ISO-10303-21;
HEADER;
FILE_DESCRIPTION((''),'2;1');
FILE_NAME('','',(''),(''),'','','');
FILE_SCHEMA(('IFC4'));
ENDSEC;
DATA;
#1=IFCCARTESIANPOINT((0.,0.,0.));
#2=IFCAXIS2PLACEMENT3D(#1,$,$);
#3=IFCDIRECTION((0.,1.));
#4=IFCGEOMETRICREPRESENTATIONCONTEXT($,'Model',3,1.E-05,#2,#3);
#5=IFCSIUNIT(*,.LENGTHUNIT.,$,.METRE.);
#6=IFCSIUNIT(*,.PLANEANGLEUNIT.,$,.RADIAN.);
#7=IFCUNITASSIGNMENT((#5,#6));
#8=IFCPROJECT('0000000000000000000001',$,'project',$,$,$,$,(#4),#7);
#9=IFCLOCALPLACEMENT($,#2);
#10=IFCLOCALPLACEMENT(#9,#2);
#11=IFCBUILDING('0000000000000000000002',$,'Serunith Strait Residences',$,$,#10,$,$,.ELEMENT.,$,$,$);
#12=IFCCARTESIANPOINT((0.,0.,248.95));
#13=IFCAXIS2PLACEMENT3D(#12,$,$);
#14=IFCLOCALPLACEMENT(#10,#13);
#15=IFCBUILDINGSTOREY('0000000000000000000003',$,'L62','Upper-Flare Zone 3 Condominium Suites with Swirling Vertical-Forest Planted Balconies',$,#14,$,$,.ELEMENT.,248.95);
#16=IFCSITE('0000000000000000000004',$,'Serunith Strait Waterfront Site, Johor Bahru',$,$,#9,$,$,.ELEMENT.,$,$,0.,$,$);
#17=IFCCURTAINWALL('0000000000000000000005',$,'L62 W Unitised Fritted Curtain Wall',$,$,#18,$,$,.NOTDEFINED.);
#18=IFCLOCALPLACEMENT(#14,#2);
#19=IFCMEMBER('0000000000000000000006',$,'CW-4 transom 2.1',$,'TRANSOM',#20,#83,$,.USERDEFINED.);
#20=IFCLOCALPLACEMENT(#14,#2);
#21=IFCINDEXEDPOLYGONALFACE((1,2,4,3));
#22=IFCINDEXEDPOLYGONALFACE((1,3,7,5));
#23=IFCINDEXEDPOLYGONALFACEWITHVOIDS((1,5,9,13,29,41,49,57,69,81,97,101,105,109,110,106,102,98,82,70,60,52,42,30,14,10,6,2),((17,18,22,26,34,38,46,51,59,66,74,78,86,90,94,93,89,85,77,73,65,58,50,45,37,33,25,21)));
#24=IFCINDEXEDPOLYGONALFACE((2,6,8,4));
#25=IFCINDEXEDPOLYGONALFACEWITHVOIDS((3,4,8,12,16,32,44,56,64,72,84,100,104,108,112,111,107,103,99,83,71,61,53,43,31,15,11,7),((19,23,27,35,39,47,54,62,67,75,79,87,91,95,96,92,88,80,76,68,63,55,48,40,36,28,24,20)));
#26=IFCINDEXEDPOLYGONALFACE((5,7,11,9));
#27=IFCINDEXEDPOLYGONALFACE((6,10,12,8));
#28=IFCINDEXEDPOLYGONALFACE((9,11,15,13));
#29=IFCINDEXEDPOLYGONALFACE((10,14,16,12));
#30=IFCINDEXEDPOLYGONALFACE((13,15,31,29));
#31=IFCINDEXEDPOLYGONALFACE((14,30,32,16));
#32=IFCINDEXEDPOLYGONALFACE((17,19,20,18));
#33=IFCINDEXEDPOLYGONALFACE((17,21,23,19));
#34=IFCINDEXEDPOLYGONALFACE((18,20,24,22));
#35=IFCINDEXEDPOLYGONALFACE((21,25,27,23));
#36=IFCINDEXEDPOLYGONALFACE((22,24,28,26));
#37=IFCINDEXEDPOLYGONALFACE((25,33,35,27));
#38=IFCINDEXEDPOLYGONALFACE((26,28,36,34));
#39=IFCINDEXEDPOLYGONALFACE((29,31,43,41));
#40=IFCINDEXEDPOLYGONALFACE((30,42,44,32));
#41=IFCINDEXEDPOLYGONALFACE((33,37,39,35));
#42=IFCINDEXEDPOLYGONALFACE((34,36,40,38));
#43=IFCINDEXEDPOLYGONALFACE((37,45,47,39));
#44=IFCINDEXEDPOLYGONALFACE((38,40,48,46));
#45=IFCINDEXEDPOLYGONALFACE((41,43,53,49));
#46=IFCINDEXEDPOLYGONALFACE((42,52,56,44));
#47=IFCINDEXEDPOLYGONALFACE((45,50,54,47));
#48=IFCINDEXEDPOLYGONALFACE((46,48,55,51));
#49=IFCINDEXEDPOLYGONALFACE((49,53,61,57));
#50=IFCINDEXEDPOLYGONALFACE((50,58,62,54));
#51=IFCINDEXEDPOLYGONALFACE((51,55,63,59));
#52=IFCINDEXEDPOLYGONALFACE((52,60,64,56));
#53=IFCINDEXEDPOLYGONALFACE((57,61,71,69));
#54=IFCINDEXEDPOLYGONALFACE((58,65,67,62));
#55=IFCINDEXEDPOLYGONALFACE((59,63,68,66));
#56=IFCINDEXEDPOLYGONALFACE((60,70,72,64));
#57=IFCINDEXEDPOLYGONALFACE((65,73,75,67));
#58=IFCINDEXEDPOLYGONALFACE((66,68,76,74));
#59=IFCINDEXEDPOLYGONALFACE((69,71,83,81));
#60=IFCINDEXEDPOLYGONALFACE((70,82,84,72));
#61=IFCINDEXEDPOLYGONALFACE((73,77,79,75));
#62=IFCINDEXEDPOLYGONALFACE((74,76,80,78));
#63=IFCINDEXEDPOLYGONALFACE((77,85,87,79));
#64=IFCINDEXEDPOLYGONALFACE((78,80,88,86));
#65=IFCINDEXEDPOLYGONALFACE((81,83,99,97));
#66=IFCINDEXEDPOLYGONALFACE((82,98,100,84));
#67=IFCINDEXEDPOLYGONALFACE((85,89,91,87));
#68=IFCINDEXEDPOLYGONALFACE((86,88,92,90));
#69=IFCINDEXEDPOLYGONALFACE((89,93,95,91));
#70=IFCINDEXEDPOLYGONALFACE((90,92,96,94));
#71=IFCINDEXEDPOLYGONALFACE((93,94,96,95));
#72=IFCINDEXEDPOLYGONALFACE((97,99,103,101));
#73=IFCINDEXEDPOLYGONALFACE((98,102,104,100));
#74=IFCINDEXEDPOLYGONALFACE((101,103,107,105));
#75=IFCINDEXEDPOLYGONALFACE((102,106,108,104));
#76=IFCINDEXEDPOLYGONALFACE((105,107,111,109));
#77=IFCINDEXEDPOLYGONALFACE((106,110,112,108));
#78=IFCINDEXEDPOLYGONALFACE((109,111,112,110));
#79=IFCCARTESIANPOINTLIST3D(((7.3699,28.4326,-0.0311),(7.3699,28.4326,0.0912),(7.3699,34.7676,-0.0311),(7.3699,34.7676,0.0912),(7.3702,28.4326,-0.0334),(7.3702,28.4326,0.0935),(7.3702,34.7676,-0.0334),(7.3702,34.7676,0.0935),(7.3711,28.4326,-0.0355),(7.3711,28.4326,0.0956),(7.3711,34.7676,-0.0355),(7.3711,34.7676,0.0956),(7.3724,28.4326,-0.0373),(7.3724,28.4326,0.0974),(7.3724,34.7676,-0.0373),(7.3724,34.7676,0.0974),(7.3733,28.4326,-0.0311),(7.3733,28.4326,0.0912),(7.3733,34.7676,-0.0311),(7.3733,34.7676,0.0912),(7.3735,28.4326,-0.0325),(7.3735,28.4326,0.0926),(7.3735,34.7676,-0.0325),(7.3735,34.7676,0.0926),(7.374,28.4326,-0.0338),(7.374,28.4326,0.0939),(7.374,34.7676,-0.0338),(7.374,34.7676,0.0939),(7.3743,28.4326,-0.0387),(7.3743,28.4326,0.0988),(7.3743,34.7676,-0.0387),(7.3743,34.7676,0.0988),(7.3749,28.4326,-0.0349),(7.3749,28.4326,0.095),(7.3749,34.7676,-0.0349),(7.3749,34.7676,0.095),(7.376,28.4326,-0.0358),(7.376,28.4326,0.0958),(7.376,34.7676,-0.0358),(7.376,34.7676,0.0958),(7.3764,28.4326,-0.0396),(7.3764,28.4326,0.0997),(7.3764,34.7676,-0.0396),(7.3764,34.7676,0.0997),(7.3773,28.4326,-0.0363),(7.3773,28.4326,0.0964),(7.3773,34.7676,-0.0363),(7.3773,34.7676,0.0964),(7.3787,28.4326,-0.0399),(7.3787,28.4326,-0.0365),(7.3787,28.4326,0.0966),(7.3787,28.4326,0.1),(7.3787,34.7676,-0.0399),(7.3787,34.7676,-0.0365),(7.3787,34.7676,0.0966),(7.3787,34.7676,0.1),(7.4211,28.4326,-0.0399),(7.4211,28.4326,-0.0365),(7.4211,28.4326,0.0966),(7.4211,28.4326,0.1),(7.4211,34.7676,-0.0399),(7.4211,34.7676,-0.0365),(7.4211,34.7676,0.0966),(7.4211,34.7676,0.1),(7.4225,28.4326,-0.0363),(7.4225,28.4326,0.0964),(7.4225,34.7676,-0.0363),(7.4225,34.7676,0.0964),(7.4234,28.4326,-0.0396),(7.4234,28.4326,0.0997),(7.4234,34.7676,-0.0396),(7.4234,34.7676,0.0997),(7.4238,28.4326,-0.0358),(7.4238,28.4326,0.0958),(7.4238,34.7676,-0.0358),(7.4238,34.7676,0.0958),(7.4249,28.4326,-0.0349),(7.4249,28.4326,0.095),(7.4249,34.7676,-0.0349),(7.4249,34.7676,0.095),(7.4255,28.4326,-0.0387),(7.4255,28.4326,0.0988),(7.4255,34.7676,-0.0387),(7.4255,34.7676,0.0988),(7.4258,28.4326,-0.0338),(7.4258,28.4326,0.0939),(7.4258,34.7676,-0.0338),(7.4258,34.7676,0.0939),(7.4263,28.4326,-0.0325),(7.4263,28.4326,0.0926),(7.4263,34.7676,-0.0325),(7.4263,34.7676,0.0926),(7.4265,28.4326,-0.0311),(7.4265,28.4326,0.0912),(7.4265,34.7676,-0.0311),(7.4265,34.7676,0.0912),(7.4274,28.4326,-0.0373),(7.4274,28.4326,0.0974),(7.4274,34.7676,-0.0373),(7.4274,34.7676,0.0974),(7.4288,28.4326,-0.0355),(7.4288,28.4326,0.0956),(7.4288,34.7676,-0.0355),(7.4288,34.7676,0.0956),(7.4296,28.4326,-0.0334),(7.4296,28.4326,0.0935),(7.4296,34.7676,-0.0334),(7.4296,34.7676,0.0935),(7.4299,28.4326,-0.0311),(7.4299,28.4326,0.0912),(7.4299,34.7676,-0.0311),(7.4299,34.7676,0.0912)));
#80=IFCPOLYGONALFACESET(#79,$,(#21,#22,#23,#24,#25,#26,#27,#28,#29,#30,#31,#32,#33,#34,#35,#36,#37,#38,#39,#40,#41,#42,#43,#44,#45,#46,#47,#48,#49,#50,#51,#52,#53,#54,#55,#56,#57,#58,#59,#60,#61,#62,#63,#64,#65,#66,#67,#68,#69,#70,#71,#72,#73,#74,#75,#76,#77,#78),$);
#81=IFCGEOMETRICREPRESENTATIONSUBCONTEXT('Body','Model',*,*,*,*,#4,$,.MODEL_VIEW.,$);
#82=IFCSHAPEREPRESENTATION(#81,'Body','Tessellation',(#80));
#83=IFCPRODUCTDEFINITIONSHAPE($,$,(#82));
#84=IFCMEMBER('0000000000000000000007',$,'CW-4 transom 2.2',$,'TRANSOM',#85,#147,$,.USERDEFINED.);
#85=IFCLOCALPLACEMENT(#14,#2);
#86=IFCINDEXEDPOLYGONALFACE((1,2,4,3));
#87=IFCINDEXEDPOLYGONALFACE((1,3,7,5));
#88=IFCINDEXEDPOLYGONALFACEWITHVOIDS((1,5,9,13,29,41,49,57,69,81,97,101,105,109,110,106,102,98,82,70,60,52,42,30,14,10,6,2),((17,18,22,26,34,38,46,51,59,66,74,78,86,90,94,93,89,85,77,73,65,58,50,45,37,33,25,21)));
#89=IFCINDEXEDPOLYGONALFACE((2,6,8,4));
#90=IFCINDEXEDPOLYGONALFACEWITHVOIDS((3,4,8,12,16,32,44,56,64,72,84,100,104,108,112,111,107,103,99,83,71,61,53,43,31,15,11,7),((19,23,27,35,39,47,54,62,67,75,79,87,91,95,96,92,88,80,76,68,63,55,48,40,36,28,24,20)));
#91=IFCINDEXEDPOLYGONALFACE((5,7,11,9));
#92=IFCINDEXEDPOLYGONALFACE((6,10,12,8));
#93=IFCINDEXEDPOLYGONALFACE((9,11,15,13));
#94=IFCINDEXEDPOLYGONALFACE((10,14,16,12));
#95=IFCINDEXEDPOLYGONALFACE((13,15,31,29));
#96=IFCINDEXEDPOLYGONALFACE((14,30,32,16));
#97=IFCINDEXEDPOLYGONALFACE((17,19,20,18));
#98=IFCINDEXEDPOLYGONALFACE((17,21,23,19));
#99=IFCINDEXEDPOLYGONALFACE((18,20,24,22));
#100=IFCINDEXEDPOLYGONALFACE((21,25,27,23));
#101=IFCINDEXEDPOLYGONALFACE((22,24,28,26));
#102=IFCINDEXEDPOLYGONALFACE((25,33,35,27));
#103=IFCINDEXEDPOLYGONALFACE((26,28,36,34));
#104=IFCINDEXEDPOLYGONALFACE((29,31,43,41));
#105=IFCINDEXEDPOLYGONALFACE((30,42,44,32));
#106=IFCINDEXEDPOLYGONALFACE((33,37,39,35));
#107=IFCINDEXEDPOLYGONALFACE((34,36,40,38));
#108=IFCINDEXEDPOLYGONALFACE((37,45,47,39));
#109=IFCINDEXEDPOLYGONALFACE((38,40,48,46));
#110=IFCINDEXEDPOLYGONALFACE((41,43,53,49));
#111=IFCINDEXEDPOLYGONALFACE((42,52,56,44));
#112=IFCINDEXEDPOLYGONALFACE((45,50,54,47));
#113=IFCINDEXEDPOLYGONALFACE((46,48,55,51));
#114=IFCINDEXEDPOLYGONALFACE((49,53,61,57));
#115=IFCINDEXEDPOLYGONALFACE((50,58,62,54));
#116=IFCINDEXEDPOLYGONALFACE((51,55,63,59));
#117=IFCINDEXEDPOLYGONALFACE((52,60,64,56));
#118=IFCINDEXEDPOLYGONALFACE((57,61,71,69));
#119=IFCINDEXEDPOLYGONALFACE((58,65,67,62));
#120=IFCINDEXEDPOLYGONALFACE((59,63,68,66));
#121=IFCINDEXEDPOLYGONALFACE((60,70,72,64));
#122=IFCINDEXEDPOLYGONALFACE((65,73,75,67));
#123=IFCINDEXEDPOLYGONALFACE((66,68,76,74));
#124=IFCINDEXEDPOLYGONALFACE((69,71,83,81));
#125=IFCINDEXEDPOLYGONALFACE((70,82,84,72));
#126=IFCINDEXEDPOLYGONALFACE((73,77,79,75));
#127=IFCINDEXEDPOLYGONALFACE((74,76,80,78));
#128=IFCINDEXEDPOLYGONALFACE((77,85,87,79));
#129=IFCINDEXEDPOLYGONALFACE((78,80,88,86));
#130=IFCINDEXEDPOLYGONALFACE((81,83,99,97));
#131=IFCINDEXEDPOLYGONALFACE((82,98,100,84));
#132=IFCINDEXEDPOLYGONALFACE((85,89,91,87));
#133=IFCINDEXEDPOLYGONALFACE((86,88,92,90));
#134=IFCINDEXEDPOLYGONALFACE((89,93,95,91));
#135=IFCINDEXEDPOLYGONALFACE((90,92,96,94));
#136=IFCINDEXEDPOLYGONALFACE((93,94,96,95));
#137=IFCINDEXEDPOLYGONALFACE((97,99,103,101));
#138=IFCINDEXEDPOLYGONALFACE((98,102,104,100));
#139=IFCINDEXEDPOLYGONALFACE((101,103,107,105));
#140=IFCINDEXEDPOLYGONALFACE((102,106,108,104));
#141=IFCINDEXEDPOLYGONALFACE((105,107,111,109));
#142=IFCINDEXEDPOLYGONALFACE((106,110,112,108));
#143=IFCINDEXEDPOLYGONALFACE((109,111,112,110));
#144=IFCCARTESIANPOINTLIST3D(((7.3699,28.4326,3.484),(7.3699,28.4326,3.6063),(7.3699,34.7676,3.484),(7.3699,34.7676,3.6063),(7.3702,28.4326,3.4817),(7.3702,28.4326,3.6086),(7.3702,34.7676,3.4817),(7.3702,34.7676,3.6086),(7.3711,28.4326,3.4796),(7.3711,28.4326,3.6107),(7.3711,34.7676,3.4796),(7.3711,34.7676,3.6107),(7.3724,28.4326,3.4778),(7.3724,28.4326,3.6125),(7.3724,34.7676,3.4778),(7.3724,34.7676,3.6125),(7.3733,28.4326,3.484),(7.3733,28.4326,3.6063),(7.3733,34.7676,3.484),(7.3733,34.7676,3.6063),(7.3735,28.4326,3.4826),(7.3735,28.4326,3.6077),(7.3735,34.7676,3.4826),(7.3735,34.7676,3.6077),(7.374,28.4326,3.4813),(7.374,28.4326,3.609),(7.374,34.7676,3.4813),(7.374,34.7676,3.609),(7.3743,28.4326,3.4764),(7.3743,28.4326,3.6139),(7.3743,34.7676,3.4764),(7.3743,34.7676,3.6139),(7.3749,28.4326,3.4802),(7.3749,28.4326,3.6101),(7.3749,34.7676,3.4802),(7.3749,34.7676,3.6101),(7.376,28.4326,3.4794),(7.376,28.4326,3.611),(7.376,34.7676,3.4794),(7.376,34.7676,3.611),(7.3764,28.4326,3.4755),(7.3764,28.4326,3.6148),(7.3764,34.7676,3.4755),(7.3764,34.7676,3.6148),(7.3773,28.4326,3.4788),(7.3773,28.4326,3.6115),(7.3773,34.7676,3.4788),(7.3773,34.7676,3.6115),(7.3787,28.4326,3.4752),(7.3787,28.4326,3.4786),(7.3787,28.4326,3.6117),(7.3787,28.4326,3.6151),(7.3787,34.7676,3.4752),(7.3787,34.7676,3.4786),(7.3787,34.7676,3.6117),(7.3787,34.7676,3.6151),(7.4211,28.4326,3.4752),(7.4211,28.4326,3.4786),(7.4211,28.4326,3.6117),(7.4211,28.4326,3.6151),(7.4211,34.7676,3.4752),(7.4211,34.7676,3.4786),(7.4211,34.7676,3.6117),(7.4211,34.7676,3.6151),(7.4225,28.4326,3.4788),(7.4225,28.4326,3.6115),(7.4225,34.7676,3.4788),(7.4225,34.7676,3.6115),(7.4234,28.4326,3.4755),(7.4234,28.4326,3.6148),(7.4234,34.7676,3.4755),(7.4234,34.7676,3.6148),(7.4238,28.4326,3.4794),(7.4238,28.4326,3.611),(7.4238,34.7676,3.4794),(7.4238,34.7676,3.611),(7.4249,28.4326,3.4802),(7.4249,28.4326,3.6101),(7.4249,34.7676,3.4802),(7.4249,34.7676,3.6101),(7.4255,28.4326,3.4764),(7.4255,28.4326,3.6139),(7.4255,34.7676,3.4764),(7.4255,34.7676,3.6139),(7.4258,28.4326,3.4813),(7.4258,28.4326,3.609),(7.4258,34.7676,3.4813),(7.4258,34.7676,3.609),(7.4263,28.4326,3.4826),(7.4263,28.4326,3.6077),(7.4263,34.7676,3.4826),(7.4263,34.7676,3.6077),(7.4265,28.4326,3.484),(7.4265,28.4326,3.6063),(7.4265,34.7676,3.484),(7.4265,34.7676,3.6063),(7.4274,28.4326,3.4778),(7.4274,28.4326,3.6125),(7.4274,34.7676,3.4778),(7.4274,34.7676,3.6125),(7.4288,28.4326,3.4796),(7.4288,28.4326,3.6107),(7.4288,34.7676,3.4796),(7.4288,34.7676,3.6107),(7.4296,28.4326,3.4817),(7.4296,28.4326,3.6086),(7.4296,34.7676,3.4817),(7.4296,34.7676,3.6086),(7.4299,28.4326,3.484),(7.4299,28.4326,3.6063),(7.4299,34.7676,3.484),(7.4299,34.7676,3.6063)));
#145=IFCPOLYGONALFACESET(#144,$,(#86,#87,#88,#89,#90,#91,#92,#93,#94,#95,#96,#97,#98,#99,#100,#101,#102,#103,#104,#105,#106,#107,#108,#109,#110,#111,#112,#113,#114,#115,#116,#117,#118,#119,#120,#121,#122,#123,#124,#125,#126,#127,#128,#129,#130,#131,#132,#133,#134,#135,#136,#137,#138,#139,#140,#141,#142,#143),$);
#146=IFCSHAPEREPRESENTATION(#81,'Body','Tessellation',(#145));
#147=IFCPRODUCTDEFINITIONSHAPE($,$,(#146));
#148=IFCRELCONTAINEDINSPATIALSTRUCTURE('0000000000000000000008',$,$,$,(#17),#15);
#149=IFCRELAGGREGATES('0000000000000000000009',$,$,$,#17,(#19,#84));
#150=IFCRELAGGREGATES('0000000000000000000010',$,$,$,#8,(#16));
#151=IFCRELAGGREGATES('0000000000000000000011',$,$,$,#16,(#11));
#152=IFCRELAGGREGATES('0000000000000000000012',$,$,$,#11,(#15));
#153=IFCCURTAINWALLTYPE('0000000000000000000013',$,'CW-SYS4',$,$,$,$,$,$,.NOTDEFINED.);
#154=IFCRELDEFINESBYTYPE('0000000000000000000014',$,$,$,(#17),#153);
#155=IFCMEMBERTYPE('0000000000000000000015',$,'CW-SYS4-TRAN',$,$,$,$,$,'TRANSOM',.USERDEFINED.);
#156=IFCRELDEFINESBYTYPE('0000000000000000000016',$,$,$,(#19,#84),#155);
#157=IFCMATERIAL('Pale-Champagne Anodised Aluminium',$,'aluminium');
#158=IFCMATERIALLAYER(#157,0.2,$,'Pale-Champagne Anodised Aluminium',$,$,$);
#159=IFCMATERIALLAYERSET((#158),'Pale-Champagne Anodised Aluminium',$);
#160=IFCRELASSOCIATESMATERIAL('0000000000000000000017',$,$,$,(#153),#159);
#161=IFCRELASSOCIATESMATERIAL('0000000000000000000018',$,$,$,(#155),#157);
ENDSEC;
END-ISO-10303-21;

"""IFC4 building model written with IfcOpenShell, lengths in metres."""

from ifc_helpers import new_model, si_unit, direction, frame, origin, origin_2d, place, context, subcontext, project, spatial, hollow_rectangle, extrude, source, transform, mapped, material, layer, layer_set, material_profile, profile_set, type_object, element, aggregate, save


model = new_model("IFC4")

# Units and contexts
model_context = context("Model", 3, precision=1e-05, world=origin(), true_north=direction((0.0, 1.0)))
body_context = subcontext(model_context, "Body", "Model", "MODEL_VIEW")
ifc_project = project(units=[si_unit("LENGTHUNIT", "METRE"), si_unit("PLANEANGLEUNIT", "RADIAN")], contexts=[model_context])

# Site, building, storey
site_placement = place(None, origin())
site = spatial("IfcSite", under=ifc_project, at=site_placement, Name="Serunith Strait Waterfront Site, Johor Bahru", CompositionType="ELEMENT", RefElevation=0.0)
building_placement = place(site_placement, origin())
building = spatial("IfcBuilding", under=site, at=building_placement, Name="Serunith Strait Residences", CompositionType="ELEMENT")
storey_placement = place(building_placement, frame((0.0, 0.0, 248.95)))
storey = spatial("IfcBuildingStorey", under=building, at=storey_placement, Name="L62", Description="Upper-Flare Zone 3 Condominium Suites with Swirling Vertical-Forest Planted Balconies", CompositionType="ELEMENT", Elevation=248.95)

# Curtain wall, members
ifc_material_1 = material(Name="Pale-Champagne Anodised Aluminium", Category="aluminium")
ifc_layer_1 = layer(ifc_material_1, 0.2, Name="Pale-Champagne Anodised Aluminium")
ifc_layer_set_1 = layer_set([ifc_layer_1], Name="Pale-Champagne Anodised Aluminium")
curtain_wall_type = type_object("IfcCurtainWallType", Name="CW-SYS4", PredefinedType="NOTDEFINED", material=ifc_layer_set_1)
curtain_wall_placement = place(storey_placement, origin())
curtain_wall = element("IfcCurtainWall", 1, at=curtain_wall_placement, inside=storey, type_object=curtain_wall_type, Name="L62 W Unitised Fritted Curtain Wall", PredefinedType="NOTDEFINED")
ifc_material_profile_1 = material_profile(ifc_material_1, hollow_rectangle(XDim=0.0601, YDim=0.1399, WallThickness=0.0034, InnerFilletRadius=0.0054, OuterFilletRadius=0.0088, at=origin_2d()), Name="ALU 140x60x3.5")
ifc_profile_set_1 = profile_set([ifc_material_profile_1], Name="Pale-Champagne Anodised Aluminium")
member_type_1 = type_object("IfcMemberType", Name="CW-SYS4-TRAN", ElementType="TRANSOM", PredefinedType="USERDEFINED", material=ifc_profile_set_1)
shared_shape_1 = source(origin(), body_context, "Body", "SweptSolid", [
    extrude(hollow_rectangle(XDim=0.0601, YDim=0.1399, WallThickness=0.0034, InnerFilletRadius=0.0054, OuterFilletRadius=0.0088, at=origin_2d()), origin(), (0.0, 0.0, 1.0), 6.335),
])
member_1_placement = place(storey_placement, frame((7.3999, 34.7676, 0.03), z_axis=(0.0, -1.0, 0.0), x_axis=(1.0, 0.0, 0.0)))
member_1 = element("IfcMember", 2, at=member_1_placement, type_object=member_type_1, Name="CW-4 transom 2.1", ObjectType="TRANSOM", PredefinedType="USERDEFINED", context=body_context, shape_type="MappedRepresentation", body=[
    mapped(shared_shape_1, transform((0.0, 0.0, 0.0), scale=1.0)),
])
member_2_placement = place(storey_placement, frame((7.3999, 34.7676, 3.5452), z_axis=(0.0, -1.0, 0.0), x_axis=(1.0, 0.0, 0.0)))
member_2 = element("IfcMember", 3, at=member_2_placement, type_object=member_type_1, Name="CW-4 transom 2.2", ObjectType="TRANSOM", PredefinedType="USERDEFINED", context=body_context, shape_type="MappedRepresentation", body=[
    mapped(shared_shape_1, transform((0.0, 0.0, 0.0), scale=1.0)),
])
aggregate(curtain_wall, [member_1, member_2])

save(model, "model.ifc")
